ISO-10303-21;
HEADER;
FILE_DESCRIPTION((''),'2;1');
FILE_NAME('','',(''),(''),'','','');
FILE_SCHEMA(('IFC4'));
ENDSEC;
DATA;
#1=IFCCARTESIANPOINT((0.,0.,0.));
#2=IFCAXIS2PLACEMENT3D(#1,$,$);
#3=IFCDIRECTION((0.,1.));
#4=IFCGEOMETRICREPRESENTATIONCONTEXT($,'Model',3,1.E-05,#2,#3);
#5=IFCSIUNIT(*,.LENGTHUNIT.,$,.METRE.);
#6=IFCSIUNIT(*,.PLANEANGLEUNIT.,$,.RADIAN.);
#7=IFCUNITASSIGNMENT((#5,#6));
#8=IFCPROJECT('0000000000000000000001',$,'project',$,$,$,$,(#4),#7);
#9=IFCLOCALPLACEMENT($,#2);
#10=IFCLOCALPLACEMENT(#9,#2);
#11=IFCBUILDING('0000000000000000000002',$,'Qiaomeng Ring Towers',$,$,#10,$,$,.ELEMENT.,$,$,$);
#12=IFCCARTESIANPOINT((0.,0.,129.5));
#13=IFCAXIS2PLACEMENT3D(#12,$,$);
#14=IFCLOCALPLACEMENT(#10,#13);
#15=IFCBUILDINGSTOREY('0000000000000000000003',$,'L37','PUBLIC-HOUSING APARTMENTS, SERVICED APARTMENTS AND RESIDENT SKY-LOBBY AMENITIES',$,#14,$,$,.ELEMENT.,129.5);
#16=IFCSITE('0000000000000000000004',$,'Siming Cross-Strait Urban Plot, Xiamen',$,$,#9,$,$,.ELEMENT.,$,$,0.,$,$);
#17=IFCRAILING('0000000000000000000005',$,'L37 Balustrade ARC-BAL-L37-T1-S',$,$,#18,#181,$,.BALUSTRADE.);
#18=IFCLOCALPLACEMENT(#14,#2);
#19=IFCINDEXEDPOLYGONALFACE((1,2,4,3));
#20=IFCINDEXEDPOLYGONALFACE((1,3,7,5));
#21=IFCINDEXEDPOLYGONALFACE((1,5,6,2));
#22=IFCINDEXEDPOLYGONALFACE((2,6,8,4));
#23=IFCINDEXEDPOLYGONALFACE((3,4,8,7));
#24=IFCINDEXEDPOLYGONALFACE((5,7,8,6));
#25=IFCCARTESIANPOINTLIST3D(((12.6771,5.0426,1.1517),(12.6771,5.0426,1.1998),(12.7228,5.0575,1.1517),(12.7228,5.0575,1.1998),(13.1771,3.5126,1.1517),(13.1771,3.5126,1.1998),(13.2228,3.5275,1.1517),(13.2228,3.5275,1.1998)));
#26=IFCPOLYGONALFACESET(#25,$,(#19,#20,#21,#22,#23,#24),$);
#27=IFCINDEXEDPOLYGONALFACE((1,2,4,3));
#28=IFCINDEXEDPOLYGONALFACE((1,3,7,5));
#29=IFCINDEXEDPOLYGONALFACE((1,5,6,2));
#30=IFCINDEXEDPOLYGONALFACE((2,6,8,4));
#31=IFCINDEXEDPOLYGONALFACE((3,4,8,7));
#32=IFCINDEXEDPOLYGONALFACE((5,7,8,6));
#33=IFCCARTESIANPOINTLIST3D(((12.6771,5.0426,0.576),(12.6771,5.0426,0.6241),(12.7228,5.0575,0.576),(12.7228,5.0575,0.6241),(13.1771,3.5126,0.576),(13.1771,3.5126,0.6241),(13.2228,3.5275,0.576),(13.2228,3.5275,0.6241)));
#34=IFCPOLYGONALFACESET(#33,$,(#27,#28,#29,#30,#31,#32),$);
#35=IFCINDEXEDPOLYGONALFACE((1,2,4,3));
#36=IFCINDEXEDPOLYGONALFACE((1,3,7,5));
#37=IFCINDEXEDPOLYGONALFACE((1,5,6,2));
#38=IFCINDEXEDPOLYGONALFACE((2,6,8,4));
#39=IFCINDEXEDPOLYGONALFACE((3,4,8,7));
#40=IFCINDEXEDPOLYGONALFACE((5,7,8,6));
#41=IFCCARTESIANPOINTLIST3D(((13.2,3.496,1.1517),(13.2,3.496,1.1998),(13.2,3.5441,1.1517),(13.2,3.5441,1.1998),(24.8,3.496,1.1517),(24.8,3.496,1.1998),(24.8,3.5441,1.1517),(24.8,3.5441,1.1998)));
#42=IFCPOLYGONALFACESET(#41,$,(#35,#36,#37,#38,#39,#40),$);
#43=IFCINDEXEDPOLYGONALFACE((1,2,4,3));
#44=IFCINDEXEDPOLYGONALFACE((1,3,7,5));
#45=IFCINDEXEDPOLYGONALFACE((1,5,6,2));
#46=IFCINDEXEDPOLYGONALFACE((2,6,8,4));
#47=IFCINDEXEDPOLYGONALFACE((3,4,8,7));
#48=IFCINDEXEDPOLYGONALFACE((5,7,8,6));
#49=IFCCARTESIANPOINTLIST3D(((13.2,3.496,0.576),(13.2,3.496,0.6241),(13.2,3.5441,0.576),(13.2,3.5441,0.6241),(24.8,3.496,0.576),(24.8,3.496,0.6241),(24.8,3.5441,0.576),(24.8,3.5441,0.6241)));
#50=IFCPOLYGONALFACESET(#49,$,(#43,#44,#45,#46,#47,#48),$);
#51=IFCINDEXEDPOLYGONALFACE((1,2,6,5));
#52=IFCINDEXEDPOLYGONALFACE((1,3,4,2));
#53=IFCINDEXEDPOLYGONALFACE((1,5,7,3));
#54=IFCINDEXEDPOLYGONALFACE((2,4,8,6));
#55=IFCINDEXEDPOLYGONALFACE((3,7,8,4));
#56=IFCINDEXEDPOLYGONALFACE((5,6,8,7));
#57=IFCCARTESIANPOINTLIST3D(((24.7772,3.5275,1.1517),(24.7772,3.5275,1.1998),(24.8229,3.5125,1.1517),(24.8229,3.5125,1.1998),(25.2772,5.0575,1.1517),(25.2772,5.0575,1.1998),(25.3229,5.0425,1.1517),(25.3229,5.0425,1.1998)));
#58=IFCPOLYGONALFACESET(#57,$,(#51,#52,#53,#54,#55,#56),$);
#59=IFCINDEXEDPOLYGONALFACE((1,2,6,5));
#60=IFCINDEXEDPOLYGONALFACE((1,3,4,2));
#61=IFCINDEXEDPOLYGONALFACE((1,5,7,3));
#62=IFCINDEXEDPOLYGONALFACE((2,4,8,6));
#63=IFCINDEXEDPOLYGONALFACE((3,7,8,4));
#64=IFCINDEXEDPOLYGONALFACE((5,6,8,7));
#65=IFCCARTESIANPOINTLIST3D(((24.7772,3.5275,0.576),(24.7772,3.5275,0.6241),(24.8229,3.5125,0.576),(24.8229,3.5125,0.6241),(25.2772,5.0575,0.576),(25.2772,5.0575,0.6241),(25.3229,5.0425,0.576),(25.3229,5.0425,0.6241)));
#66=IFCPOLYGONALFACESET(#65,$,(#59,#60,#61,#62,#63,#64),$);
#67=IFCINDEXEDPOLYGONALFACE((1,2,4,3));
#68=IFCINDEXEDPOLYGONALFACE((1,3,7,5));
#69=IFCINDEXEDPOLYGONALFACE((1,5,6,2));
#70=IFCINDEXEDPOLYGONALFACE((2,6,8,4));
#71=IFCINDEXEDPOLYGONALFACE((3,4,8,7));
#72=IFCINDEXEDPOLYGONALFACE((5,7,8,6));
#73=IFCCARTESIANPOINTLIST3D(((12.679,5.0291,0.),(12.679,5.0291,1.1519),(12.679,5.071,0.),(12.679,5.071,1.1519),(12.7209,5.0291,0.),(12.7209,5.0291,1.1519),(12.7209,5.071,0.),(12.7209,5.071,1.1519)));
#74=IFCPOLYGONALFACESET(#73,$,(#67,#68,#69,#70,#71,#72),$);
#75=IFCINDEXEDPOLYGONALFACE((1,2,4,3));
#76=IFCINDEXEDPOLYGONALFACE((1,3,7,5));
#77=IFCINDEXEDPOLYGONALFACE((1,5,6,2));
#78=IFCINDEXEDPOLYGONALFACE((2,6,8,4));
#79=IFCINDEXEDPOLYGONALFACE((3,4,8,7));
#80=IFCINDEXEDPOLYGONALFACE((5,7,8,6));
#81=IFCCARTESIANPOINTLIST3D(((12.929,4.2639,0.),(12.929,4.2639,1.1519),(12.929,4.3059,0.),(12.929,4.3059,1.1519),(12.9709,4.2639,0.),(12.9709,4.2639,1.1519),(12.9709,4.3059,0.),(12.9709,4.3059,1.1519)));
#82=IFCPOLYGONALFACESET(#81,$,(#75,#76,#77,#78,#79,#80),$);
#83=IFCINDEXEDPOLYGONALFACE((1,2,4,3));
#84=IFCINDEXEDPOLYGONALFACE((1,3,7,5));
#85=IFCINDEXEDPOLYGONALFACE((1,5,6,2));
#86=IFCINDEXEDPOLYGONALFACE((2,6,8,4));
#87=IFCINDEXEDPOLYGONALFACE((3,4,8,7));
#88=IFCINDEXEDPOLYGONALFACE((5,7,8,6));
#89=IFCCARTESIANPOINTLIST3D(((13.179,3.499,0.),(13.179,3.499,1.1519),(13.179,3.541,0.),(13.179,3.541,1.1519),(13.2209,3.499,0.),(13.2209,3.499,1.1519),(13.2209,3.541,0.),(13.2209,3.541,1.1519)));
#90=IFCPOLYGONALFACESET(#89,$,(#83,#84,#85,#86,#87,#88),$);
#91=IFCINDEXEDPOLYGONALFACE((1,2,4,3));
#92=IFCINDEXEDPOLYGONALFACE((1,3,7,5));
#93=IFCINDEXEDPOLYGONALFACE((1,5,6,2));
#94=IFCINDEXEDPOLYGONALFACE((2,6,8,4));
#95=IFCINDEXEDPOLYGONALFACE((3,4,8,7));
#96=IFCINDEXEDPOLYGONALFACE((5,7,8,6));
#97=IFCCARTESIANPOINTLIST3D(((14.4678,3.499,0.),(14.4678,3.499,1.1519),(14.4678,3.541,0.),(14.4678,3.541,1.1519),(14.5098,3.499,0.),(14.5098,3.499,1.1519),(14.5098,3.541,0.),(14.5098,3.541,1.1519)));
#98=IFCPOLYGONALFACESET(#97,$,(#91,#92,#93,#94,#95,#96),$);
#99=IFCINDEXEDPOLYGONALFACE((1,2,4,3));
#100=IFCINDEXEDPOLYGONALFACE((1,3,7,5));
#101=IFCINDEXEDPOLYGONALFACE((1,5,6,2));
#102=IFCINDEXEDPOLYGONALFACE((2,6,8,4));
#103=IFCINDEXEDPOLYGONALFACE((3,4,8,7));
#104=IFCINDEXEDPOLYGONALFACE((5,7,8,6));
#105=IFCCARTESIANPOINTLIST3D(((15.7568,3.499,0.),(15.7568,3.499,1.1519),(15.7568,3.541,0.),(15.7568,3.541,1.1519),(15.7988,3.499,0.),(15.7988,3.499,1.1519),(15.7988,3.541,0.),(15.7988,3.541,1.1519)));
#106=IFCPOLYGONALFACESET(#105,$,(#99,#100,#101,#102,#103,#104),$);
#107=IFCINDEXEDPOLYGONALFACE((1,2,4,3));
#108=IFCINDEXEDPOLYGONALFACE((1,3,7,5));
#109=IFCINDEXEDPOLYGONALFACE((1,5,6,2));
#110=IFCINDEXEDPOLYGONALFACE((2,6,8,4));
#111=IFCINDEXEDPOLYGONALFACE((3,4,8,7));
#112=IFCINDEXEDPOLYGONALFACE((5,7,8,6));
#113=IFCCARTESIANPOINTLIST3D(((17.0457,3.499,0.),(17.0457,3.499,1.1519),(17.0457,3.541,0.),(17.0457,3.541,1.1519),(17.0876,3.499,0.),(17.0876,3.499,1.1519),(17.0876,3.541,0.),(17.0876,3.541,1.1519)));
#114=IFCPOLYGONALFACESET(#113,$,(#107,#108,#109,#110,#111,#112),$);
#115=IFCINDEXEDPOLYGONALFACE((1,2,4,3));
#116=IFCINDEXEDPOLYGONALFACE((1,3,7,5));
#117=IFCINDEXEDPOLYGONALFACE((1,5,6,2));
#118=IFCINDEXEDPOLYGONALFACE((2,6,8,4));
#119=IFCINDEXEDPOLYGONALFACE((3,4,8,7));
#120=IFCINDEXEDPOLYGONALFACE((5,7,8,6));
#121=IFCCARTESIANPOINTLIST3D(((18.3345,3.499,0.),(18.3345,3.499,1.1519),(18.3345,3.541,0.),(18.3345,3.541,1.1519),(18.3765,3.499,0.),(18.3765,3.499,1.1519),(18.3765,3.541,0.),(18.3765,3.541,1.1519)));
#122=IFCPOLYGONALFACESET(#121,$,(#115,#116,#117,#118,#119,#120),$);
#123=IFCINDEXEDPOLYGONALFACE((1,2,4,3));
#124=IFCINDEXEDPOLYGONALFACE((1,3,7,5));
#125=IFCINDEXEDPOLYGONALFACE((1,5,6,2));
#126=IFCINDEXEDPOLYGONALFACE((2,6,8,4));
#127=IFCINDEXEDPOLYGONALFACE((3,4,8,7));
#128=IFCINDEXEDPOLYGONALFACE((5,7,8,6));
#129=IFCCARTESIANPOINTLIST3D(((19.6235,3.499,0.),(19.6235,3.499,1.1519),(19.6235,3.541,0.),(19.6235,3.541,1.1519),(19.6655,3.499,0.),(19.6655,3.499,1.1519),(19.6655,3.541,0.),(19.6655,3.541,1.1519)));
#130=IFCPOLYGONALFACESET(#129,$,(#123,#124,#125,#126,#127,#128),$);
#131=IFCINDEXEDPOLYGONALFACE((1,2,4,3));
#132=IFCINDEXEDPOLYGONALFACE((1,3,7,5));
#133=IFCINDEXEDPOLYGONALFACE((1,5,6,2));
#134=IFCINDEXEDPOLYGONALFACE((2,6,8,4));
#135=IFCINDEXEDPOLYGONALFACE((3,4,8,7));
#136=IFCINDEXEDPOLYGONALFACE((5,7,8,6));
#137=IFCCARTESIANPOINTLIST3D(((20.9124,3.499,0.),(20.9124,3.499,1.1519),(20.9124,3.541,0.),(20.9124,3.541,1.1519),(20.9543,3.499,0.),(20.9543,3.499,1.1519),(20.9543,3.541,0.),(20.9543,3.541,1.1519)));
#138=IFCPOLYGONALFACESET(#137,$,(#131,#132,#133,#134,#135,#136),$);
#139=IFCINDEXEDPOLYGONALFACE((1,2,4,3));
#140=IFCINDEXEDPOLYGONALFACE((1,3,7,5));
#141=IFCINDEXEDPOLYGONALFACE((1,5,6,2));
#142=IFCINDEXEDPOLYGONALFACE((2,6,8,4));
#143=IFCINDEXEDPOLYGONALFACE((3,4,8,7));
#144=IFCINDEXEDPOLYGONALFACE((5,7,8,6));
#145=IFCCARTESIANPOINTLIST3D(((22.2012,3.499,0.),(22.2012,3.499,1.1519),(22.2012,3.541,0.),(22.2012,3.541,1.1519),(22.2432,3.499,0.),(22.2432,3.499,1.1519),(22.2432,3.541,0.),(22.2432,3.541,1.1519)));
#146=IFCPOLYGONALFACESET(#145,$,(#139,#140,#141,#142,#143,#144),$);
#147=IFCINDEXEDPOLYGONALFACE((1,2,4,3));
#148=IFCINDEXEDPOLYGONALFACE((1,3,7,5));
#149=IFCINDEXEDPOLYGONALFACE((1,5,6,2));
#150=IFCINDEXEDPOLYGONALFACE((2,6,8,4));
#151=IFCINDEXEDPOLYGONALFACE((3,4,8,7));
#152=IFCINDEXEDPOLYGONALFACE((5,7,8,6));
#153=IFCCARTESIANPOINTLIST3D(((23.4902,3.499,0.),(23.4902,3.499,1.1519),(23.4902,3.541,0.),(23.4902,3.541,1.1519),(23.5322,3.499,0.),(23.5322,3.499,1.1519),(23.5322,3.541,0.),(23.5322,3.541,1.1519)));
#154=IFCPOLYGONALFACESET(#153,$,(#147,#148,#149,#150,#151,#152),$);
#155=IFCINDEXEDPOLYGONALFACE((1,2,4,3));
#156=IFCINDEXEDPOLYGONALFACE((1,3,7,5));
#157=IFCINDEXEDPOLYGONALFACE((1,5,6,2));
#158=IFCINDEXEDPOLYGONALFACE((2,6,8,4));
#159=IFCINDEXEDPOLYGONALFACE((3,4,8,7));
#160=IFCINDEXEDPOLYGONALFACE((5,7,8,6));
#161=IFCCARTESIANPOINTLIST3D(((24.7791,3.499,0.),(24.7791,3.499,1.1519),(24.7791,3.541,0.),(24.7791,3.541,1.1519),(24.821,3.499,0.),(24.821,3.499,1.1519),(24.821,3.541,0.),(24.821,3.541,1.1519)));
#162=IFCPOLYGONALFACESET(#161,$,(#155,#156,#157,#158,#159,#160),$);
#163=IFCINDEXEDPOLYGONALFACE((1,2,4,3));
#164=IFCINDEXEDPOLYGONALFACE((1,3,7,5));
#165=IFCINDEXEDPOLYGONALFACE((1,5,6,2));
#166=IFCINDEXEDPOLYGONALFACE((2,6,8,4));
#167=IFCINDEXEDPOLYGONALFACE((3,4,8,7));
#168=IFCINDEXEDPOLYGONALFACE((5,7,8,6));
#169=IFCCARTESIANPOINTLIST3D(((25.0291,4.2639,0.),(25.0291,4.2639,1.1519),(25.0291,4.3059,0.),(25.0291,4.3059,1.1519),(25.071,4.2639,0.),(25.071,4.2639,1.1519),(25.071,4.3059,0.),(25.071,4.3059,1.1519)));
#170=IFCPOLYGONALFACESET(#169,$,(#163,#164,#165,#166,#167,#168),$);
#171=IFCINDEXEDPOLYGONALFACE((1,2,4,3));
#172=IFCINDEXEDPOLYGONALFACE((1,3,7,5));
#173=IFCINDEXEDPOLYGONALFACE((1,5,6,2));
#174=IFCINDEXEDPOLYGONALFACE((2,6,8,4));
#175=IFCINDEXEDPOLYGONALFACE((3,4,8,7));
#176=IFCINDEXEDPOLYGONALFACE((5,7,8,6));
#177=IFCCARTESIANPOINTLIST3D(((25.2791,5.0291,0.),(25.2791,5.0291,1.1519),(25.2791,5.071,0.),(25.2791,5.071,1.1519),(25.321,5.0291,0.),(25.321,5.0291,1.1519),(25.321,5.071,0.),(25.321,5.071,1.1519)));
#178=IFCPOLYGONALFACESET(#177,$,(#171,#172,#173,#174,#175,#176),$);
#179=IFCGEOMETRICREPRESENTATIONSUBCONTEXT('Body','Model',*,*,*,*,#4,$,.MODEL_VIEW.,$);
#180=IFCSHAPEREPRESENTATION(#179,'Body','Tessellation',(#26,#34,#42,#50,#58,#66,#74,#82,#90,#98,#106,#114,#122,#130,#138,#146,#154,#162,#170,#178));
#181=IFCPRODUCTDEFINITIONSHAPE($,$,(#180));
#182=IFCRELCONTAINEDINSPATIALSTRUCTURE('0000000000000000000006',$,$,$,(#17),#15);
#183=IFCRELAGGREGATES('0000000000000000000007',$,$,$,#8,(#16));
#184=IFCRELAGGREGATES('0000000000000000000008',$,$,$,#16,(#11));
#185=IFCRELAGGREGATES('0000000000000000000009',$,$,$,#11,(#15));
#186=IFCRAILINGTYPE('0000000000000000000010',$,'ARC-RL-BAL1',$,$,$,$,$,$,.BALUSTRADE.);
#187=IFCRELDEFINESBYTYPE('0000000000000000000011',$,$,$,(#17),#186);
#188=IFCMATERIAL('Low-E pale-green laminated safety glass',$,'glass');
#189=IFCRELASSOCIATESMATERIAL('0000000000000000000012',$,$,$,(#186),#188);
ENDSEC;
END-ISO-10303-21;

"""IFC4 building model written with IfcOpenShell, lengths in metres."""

from ifc_helpers import new_model, si_unit, direction, frame, origin, origin_2d, place, context, subcontext, project, spatial, rectangle, extrude, material, type_object, element, save


model = new_model("IFC4")

# Units and contexts
model_context = context("Model", 3, precision=1e-05, world=origin(), true_north=direction((0.0, 1.0)))
body_context = subcontext(model_context, "Body", "Model", "MODEL_VIEW")
ifc_project = project(units=[si_unit("LENGTHUNIT", "METRE"), si_unit("PLANEANGLEUNIT", "RADIAN")], contexts=[model_context])

# Site, building, storey
site_placement = place(None, origin())
site = spatial("IfcSite", under=ifc_project, at=site_placement, Name="Siming Cross-Strait Urban Plot, Xiamen", CompositionType="ELEMENT", RefElevation=0.0)
building_placement = place(site_placement, origin())
building = spatial("IfcBuilding", under=site, at=building_placement, Name="Qiaomeng Ring Towers", CompositionType="ELEMENT")
storey_placement = place(building_placement, frame((0.0, 0.0, 129.5)))
storey = spatial("IfcBuildingStorey", under=building, at=storey_placement, Name="L37", Description="PUBLIC-HOUSING APARTMENTS, SERVICED APARTMENTS AND RESIDENT SKY-LOBBY AMENITIES", CompositionType="ELEMENT", Elevation=129.5)

# Railing
ifc_material_1 = material(Name="Low-E pale-green laminated safety glass", Category="glass")
railing_type = type_object("IfcRailingType", Name="ARC-RL-BAL1", PredefinedType="BALUSTRADE", material=ifc_material_1)
railing_placement = place(storey_placement, frame((12.7, 5.05, 0.0)))
element("IfcRailing", 1, at=railing_placement, inside=storey, type_object=railing_type, Name="L37 Balustrade ARC-BAL-L37-T1-S", PredefinedType="BALUSTRADE", context=body_context, shape_type="SweptSolid", body=[
    extrude(rectangle(XDim=0.0481, YDim=0.0481, at=origin_2d()), frame((0.0, 0.0, 1.1758), z_axis=(0.310626, -0.950532, 0.0), x_axis=(0.950532, 0.310626, 0.0)), (0.0, 0.0, 1.0), 1.6096),
    extrude(rectangle(XDim=0.0481, YDim=0.0481, at=origin_2d()), frame((0.0, 0.0, 0.6001), z_axis=(0.310626, -0.950532, 0.0), x_axis=(0.950532, 0.310626, 0.0)), (0.0, 0.0, 1.0), 1.6096),
    extrude(rectangle(XDim=0.0481, YDim=0.0481, at=origin_2d()), frame((0.5, -1.53, 1.1758), z_axis=(1.0, 0.0, 0.0), x_axis=(0.0, 1.0, 0.0)), (0.0, 0.0, 1.0), 11.6001),
    extrude(rectangle(XDim=0.0481, YDim=0.0481, at=origin_2d()), frame((0.5, -1.53, 0.6001), z_axis=(1.0, 0.0, 0.0), x_axis=(0.0, 1.0, 0.0)), (0.0, 0.0, 1.0), 11.6001),
    extrude(rectangle(XDim=0.0481, YDim=0.0481, at=origin_2d()), frame((12.1001, -1.53, 1.1758), z_axis=(0.310626, 0.950532, 0.0), x_axis=(-0.950532, 0.310626, 0.0)), (0.0, 0.0, 1.0), 1.6096),
    extrude(rectangle(XDim=0.0481, YDim=0.0481, at=origin_2d()), frame((12.1001, -1.53, 0.6001), z_axis=(0.310626, 0.950532, 0.0), x_axis=(-0.950532, 0.310626, 0.0)), (0.0, 0.0, 1.0), 1.6096),
    extrude(rectangle(XDim=0.042, YDim=0.042, at=origin_2d()), origin(), (0.0, 0.0, 1.0), 1.1519),
    extrude(rectangle(XDim=0.042, YDim=0.042, at=origin_2d()), frame((0.25, -0.7651, 0.0)), (0.0, 0.0, 1.0), 1.1519),
    extrude(rectangle(XDim=0.042, YDim=0.042, at=origin_2d()), frame((0.5, -1.53, 0.0)), (0.0, 0.0, 1.0), 1.1519),
    extrude(rectangle(XDim=0.042, YDim=0.042, at=origin_2d()), frame((1.7888, -1.53, 0.0)), (0.0, 0.0, 1.0), 1.1519),
    extrude(rectangle(XDim=0.042, YDim=0.042, at=origin_2d()), frame((3.0779, -1.53, 0.0)), (0.0, 0.0, 1.0), 1.1519),
    extrude(rectangle(XDim=0.042, YDim=0.042, at=origin_2d()), frame((4.3667, -1.53, 0.0)), (0.0, 0.0, 1.0), 1.1519),
    extrude(rectangle(XDim=0.042, YDim=0.042, at=origin_2d()), frame((5.6555, -1.53, 0.0)), (0.0, 0.0, 1.0), 1.1519),
    extrude(rectangle(XDim=0.042, YDim=0.042, at=origin_2d()), frame((6.9446, -1.53, 0.0)), (0.0, 0.0, 1.0), 1.1519),
    extrude(rectangle(XDim=0.042, YDim=0.042, at=origin_2d()), frame((8.2334, -1.53, 0.0)), (0.0, 0.0, 1.0), 1.1519),
    extrude(rectangle(XDim=0.042, YDim=0.042, at=origin_2d()), frame((9.5222, -1.53, 0.0)), (0.0, 0.0, 1.0), 1.1519),
    extrude(rectangle(XDim=0.042, YDim=0.042, at=origin_2d()), frame((10.8113, -1.53, 0.0)), (0.0, 0.0, 1.0), 1.1519),
    extrude(rectangle(XDim=0.042, YDim=0.042, at=origin_2d()), frame((12.1001, -1.53, 0.0)), (0.0, 0.0, 1.0), 1.1519),
    extrude(rectangle(XDim=0.042, YDim=0.042, at=origin_2d()), frame((12.3501, -0.7651, 0.0)), (0.0, 0.0, 1.0), 1.1519),
    extrude(rectangle(XDim=0.042, YDim=0.042, at=origin_2d()), frame((12.6001, 0.0, 0.0)), (0.0, 0.0, 1.0), 1.1519),
])

save(model, "model.ifc")
